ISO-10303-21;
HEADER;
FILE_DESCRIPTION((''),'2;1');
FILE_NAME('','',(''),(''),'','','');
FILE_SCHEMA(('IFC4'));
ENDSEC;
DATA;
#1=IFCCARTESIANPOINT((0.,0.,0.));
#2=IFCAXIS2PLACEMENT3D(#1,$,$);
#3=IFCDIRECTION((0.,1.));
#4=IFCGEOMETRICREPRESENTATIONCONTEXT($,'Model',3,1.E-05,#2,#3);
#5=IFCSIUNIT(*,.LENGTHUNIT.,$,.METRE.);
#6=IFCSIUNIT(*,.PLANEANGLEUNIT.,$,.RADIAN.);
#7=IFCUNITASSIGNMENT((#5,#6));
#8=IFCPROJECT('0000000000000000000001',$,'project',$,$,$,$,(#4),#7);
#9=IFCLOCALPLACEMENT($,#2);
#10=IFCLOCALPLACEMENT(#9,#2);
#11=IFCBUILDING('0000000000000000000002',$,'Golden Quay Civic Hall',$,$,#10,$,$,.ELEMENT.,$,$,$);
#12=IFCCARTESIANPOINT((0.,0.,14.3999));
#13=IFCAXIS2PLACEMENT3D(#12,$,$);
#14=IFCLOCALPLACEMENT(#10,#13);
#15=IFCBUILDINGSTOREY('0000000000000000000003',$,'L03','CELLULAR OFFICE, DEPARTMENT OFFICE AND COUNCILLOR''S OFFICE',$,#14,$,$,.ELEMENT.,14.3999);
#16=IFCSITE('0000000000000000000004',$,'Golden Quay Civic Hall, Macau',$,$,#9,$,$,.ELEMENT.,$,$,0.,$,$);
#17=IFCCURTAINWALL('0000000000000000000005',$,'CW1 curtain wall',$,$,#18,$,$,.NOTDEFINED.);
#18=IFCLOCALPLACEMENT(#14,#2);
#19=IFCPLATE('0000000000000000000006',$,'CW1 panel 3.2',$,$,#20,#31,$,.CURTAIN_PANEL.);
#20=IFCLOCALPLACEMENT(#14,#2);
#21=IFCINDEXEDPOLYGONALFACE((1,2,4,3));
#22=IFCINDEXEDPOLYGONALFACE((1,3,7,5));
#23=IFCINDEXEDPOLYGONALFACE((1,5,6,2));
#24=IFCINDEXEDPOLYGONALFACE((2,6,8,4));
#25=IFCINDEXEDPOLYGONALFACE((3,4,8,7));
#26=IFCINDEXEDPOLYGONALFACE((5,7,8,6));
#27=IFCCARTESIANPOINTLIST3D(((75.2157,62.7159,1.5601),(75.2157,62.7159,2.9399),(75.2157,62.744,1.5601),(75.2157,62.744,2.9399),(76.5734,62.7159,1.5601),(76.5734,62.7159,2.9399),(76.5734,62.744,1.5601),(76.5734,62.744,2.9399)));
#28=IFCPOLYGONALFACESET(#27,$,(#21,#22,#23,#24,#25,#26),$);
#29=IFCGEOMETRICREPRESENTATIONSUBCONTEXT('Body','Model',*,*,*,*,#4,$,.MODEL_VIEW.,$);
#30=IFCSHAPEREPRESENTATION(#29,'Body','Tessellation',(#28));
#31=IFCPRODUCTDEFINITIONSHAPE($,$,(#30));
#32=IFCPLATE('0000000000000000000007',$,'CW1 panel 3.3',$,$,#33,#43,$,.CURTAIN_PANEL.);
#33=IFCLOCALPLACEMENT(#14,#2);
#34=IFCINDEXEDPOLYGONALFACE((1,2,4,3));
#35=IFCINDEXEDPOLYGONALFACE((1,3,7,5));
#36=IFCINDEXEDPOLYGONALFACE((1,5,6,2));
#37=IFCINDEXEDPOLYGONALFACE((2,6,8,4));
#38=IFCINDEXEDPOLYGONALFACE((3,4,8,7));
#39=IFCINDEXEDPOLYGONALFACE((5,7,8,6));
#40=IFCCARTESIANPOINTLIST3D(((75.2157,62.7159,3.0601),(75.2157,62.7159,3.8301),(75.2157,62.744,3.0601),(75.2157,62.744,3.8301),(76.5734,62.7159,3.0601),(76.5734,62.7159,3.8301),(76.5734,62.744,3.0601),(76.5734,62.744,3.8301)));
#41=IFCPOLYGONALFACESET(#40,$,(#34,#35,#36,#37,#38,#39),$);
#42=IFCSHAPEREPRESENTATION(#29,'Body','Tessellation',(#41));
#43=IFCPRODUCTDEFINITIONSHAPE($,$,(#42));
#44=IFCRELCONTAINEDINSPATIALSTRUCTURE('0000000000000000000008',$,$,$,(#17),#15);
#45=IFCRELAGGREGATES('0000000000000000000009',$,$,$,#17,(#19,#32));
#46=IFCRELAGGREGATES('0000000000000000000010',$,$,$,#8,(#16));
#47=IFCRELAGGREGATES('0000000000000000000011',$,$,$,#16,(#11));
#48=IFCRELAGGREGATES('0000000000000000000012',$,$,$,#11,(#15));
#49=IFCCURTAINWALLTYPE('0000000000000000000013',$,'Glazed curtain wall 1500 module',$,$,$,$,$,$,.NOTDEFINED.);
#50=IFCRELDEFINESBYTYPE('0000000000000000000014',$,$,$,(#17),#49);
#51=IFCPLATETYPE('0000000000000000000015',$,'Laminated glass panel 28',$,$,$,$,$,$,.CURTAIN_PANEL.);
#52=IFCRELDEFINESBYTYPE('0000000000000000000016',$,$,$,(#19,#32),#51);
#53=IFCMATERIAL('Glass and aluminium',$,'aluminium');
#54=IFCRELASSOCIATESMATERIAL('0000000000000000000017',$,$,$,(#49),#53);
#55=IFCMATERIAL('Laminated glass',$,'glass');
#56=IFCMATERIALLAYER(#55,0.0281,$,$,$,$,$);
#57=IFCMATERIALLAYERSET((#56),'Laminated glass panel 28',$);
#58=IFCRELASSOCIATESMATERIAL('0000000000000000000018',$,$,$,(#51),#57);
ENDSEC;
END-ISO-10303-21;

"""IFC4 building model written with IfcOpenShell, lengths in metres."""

from ifc_helpers import new_model, si_unit, direction, frame, origin, origin_2d, place, context, subcontext, project, spatial, rectangle, extrude, material, layer, layer_set, type_object, element, aggregate, save


model = new_model("IFC4")

# Units and contexts
model_context = context("Model", 3, precision=1e-05, world=origin(), true_north=direction((0.0, 1.0)))
body_context = subcontext(model_context, "Body", "Model", "MODEL_VIEW")
ifc_project = project(units=[si_unit("LENGTHUNIT", "METRE"), si_unit("PLANEANGLEUNIT", "RADIAN")], contexts=[model_context])

# Site, building, storey
site_placement = place(None, origin())
site = spatial("IfcSite", under=ifc_project, at=site_placement, Name="Golden Quay Civic Hall, Macau", CompositionType="ELEMENT", RefElevation=0.0)
building_placement = place(site_placement, origin())
building = spatial("IfcBuilding", under=site, at=building_placement, Name="Golden Quay Civic Hall", CompositionType="ELEMENT")
storey_placement = place(building_placement, frame((0.0, 0.0, 14.3999)))
storey = spatial("IfcBuildingStorey", under=building, at=storey_placement, Name="L03", Description="CELLULAR OFFICE, DEPARTMENT OFFICE AND COUNCILLOR'S OFFICE", CompositionType="ELEMENT", Elevation=14.3999)

# Curtain wall
ifc_material_1 = material(Name="Glass and aluminium", Category="aluminium")
curtain_wall_type_1 = type_object("IfcCurtainWallType", Name="Glazed curtain wall 1500 module", PredefinedType="NOTDEFINED", material=ifc_material_1)
curtain_wall_1_placement = place(storey_placement, origin())
curtain_wall_1 = element("IfcCurtainWall", 1, at=curtain_wall_1_placement, inside=storey, type_object=curtain_wall_type_1, Name="CW1 curtain wall", PredefinedType="NOTDEFINED")

# Plates
ifc_material_2 = material(Name="Laminated glass", Category="glass")
ifc_layer_1 = layer(ifc_material_2, 0.0281)
ifc_layer_set_1 = layer_set([ifc_layer_1], Name="Laminated glass panel 28")
plate_type_1 = type_object("IfcPlateType", Name="Laminated glass panel 28", PredefinedType="CURTAIN_PANEL", material=ifc_layer_set_1)
plate_1_placement = place(storey_placement, frame((75.8945, 62.73, 1.5601), z_axis=(0.0, 0.0, 1.0), x_axis=(1.0, 0.0, 0.0)))
plate_1 = element("IfcPlate", 2, at=plate_1_placement, type_object=plate_type_1, Name="CW1 panel 3.2", PredefinedType="CURTAIN_PANEL", context=body_context, shape_type="SweptSolid", body=[
    extrude(rectangle(XDim=1.3577, YDim=0.0281, at=origin_2d()), origin(), (0.0, 0.0, 1.0), 1.3799),
])
plate_2_placement = place(storey_placement, frame((75.8945, 62.73, 3.0601), z_axis=(0.0, 0.0, 1.0), x_axis=(1.0, 0.0, 0.0)))
plate_2 = element("IfcPlate", 3, at=plate_2_placement, type_object=plate_type_1, Name="CW1 panel 3.3", PredefinedType="CURTAIN_PANEL", context=body_context, shape_type="SweptSolid", body=[
    extrude(rectangle(XDim=1.3577, YDim=0.0281, at=origin_2d()), origin(), (0.0, 0.0, 1.0), 0.77),
])
aggregate(curtain_wall_1, [plate_1, plate_2])

save(model, "model.ifc")
